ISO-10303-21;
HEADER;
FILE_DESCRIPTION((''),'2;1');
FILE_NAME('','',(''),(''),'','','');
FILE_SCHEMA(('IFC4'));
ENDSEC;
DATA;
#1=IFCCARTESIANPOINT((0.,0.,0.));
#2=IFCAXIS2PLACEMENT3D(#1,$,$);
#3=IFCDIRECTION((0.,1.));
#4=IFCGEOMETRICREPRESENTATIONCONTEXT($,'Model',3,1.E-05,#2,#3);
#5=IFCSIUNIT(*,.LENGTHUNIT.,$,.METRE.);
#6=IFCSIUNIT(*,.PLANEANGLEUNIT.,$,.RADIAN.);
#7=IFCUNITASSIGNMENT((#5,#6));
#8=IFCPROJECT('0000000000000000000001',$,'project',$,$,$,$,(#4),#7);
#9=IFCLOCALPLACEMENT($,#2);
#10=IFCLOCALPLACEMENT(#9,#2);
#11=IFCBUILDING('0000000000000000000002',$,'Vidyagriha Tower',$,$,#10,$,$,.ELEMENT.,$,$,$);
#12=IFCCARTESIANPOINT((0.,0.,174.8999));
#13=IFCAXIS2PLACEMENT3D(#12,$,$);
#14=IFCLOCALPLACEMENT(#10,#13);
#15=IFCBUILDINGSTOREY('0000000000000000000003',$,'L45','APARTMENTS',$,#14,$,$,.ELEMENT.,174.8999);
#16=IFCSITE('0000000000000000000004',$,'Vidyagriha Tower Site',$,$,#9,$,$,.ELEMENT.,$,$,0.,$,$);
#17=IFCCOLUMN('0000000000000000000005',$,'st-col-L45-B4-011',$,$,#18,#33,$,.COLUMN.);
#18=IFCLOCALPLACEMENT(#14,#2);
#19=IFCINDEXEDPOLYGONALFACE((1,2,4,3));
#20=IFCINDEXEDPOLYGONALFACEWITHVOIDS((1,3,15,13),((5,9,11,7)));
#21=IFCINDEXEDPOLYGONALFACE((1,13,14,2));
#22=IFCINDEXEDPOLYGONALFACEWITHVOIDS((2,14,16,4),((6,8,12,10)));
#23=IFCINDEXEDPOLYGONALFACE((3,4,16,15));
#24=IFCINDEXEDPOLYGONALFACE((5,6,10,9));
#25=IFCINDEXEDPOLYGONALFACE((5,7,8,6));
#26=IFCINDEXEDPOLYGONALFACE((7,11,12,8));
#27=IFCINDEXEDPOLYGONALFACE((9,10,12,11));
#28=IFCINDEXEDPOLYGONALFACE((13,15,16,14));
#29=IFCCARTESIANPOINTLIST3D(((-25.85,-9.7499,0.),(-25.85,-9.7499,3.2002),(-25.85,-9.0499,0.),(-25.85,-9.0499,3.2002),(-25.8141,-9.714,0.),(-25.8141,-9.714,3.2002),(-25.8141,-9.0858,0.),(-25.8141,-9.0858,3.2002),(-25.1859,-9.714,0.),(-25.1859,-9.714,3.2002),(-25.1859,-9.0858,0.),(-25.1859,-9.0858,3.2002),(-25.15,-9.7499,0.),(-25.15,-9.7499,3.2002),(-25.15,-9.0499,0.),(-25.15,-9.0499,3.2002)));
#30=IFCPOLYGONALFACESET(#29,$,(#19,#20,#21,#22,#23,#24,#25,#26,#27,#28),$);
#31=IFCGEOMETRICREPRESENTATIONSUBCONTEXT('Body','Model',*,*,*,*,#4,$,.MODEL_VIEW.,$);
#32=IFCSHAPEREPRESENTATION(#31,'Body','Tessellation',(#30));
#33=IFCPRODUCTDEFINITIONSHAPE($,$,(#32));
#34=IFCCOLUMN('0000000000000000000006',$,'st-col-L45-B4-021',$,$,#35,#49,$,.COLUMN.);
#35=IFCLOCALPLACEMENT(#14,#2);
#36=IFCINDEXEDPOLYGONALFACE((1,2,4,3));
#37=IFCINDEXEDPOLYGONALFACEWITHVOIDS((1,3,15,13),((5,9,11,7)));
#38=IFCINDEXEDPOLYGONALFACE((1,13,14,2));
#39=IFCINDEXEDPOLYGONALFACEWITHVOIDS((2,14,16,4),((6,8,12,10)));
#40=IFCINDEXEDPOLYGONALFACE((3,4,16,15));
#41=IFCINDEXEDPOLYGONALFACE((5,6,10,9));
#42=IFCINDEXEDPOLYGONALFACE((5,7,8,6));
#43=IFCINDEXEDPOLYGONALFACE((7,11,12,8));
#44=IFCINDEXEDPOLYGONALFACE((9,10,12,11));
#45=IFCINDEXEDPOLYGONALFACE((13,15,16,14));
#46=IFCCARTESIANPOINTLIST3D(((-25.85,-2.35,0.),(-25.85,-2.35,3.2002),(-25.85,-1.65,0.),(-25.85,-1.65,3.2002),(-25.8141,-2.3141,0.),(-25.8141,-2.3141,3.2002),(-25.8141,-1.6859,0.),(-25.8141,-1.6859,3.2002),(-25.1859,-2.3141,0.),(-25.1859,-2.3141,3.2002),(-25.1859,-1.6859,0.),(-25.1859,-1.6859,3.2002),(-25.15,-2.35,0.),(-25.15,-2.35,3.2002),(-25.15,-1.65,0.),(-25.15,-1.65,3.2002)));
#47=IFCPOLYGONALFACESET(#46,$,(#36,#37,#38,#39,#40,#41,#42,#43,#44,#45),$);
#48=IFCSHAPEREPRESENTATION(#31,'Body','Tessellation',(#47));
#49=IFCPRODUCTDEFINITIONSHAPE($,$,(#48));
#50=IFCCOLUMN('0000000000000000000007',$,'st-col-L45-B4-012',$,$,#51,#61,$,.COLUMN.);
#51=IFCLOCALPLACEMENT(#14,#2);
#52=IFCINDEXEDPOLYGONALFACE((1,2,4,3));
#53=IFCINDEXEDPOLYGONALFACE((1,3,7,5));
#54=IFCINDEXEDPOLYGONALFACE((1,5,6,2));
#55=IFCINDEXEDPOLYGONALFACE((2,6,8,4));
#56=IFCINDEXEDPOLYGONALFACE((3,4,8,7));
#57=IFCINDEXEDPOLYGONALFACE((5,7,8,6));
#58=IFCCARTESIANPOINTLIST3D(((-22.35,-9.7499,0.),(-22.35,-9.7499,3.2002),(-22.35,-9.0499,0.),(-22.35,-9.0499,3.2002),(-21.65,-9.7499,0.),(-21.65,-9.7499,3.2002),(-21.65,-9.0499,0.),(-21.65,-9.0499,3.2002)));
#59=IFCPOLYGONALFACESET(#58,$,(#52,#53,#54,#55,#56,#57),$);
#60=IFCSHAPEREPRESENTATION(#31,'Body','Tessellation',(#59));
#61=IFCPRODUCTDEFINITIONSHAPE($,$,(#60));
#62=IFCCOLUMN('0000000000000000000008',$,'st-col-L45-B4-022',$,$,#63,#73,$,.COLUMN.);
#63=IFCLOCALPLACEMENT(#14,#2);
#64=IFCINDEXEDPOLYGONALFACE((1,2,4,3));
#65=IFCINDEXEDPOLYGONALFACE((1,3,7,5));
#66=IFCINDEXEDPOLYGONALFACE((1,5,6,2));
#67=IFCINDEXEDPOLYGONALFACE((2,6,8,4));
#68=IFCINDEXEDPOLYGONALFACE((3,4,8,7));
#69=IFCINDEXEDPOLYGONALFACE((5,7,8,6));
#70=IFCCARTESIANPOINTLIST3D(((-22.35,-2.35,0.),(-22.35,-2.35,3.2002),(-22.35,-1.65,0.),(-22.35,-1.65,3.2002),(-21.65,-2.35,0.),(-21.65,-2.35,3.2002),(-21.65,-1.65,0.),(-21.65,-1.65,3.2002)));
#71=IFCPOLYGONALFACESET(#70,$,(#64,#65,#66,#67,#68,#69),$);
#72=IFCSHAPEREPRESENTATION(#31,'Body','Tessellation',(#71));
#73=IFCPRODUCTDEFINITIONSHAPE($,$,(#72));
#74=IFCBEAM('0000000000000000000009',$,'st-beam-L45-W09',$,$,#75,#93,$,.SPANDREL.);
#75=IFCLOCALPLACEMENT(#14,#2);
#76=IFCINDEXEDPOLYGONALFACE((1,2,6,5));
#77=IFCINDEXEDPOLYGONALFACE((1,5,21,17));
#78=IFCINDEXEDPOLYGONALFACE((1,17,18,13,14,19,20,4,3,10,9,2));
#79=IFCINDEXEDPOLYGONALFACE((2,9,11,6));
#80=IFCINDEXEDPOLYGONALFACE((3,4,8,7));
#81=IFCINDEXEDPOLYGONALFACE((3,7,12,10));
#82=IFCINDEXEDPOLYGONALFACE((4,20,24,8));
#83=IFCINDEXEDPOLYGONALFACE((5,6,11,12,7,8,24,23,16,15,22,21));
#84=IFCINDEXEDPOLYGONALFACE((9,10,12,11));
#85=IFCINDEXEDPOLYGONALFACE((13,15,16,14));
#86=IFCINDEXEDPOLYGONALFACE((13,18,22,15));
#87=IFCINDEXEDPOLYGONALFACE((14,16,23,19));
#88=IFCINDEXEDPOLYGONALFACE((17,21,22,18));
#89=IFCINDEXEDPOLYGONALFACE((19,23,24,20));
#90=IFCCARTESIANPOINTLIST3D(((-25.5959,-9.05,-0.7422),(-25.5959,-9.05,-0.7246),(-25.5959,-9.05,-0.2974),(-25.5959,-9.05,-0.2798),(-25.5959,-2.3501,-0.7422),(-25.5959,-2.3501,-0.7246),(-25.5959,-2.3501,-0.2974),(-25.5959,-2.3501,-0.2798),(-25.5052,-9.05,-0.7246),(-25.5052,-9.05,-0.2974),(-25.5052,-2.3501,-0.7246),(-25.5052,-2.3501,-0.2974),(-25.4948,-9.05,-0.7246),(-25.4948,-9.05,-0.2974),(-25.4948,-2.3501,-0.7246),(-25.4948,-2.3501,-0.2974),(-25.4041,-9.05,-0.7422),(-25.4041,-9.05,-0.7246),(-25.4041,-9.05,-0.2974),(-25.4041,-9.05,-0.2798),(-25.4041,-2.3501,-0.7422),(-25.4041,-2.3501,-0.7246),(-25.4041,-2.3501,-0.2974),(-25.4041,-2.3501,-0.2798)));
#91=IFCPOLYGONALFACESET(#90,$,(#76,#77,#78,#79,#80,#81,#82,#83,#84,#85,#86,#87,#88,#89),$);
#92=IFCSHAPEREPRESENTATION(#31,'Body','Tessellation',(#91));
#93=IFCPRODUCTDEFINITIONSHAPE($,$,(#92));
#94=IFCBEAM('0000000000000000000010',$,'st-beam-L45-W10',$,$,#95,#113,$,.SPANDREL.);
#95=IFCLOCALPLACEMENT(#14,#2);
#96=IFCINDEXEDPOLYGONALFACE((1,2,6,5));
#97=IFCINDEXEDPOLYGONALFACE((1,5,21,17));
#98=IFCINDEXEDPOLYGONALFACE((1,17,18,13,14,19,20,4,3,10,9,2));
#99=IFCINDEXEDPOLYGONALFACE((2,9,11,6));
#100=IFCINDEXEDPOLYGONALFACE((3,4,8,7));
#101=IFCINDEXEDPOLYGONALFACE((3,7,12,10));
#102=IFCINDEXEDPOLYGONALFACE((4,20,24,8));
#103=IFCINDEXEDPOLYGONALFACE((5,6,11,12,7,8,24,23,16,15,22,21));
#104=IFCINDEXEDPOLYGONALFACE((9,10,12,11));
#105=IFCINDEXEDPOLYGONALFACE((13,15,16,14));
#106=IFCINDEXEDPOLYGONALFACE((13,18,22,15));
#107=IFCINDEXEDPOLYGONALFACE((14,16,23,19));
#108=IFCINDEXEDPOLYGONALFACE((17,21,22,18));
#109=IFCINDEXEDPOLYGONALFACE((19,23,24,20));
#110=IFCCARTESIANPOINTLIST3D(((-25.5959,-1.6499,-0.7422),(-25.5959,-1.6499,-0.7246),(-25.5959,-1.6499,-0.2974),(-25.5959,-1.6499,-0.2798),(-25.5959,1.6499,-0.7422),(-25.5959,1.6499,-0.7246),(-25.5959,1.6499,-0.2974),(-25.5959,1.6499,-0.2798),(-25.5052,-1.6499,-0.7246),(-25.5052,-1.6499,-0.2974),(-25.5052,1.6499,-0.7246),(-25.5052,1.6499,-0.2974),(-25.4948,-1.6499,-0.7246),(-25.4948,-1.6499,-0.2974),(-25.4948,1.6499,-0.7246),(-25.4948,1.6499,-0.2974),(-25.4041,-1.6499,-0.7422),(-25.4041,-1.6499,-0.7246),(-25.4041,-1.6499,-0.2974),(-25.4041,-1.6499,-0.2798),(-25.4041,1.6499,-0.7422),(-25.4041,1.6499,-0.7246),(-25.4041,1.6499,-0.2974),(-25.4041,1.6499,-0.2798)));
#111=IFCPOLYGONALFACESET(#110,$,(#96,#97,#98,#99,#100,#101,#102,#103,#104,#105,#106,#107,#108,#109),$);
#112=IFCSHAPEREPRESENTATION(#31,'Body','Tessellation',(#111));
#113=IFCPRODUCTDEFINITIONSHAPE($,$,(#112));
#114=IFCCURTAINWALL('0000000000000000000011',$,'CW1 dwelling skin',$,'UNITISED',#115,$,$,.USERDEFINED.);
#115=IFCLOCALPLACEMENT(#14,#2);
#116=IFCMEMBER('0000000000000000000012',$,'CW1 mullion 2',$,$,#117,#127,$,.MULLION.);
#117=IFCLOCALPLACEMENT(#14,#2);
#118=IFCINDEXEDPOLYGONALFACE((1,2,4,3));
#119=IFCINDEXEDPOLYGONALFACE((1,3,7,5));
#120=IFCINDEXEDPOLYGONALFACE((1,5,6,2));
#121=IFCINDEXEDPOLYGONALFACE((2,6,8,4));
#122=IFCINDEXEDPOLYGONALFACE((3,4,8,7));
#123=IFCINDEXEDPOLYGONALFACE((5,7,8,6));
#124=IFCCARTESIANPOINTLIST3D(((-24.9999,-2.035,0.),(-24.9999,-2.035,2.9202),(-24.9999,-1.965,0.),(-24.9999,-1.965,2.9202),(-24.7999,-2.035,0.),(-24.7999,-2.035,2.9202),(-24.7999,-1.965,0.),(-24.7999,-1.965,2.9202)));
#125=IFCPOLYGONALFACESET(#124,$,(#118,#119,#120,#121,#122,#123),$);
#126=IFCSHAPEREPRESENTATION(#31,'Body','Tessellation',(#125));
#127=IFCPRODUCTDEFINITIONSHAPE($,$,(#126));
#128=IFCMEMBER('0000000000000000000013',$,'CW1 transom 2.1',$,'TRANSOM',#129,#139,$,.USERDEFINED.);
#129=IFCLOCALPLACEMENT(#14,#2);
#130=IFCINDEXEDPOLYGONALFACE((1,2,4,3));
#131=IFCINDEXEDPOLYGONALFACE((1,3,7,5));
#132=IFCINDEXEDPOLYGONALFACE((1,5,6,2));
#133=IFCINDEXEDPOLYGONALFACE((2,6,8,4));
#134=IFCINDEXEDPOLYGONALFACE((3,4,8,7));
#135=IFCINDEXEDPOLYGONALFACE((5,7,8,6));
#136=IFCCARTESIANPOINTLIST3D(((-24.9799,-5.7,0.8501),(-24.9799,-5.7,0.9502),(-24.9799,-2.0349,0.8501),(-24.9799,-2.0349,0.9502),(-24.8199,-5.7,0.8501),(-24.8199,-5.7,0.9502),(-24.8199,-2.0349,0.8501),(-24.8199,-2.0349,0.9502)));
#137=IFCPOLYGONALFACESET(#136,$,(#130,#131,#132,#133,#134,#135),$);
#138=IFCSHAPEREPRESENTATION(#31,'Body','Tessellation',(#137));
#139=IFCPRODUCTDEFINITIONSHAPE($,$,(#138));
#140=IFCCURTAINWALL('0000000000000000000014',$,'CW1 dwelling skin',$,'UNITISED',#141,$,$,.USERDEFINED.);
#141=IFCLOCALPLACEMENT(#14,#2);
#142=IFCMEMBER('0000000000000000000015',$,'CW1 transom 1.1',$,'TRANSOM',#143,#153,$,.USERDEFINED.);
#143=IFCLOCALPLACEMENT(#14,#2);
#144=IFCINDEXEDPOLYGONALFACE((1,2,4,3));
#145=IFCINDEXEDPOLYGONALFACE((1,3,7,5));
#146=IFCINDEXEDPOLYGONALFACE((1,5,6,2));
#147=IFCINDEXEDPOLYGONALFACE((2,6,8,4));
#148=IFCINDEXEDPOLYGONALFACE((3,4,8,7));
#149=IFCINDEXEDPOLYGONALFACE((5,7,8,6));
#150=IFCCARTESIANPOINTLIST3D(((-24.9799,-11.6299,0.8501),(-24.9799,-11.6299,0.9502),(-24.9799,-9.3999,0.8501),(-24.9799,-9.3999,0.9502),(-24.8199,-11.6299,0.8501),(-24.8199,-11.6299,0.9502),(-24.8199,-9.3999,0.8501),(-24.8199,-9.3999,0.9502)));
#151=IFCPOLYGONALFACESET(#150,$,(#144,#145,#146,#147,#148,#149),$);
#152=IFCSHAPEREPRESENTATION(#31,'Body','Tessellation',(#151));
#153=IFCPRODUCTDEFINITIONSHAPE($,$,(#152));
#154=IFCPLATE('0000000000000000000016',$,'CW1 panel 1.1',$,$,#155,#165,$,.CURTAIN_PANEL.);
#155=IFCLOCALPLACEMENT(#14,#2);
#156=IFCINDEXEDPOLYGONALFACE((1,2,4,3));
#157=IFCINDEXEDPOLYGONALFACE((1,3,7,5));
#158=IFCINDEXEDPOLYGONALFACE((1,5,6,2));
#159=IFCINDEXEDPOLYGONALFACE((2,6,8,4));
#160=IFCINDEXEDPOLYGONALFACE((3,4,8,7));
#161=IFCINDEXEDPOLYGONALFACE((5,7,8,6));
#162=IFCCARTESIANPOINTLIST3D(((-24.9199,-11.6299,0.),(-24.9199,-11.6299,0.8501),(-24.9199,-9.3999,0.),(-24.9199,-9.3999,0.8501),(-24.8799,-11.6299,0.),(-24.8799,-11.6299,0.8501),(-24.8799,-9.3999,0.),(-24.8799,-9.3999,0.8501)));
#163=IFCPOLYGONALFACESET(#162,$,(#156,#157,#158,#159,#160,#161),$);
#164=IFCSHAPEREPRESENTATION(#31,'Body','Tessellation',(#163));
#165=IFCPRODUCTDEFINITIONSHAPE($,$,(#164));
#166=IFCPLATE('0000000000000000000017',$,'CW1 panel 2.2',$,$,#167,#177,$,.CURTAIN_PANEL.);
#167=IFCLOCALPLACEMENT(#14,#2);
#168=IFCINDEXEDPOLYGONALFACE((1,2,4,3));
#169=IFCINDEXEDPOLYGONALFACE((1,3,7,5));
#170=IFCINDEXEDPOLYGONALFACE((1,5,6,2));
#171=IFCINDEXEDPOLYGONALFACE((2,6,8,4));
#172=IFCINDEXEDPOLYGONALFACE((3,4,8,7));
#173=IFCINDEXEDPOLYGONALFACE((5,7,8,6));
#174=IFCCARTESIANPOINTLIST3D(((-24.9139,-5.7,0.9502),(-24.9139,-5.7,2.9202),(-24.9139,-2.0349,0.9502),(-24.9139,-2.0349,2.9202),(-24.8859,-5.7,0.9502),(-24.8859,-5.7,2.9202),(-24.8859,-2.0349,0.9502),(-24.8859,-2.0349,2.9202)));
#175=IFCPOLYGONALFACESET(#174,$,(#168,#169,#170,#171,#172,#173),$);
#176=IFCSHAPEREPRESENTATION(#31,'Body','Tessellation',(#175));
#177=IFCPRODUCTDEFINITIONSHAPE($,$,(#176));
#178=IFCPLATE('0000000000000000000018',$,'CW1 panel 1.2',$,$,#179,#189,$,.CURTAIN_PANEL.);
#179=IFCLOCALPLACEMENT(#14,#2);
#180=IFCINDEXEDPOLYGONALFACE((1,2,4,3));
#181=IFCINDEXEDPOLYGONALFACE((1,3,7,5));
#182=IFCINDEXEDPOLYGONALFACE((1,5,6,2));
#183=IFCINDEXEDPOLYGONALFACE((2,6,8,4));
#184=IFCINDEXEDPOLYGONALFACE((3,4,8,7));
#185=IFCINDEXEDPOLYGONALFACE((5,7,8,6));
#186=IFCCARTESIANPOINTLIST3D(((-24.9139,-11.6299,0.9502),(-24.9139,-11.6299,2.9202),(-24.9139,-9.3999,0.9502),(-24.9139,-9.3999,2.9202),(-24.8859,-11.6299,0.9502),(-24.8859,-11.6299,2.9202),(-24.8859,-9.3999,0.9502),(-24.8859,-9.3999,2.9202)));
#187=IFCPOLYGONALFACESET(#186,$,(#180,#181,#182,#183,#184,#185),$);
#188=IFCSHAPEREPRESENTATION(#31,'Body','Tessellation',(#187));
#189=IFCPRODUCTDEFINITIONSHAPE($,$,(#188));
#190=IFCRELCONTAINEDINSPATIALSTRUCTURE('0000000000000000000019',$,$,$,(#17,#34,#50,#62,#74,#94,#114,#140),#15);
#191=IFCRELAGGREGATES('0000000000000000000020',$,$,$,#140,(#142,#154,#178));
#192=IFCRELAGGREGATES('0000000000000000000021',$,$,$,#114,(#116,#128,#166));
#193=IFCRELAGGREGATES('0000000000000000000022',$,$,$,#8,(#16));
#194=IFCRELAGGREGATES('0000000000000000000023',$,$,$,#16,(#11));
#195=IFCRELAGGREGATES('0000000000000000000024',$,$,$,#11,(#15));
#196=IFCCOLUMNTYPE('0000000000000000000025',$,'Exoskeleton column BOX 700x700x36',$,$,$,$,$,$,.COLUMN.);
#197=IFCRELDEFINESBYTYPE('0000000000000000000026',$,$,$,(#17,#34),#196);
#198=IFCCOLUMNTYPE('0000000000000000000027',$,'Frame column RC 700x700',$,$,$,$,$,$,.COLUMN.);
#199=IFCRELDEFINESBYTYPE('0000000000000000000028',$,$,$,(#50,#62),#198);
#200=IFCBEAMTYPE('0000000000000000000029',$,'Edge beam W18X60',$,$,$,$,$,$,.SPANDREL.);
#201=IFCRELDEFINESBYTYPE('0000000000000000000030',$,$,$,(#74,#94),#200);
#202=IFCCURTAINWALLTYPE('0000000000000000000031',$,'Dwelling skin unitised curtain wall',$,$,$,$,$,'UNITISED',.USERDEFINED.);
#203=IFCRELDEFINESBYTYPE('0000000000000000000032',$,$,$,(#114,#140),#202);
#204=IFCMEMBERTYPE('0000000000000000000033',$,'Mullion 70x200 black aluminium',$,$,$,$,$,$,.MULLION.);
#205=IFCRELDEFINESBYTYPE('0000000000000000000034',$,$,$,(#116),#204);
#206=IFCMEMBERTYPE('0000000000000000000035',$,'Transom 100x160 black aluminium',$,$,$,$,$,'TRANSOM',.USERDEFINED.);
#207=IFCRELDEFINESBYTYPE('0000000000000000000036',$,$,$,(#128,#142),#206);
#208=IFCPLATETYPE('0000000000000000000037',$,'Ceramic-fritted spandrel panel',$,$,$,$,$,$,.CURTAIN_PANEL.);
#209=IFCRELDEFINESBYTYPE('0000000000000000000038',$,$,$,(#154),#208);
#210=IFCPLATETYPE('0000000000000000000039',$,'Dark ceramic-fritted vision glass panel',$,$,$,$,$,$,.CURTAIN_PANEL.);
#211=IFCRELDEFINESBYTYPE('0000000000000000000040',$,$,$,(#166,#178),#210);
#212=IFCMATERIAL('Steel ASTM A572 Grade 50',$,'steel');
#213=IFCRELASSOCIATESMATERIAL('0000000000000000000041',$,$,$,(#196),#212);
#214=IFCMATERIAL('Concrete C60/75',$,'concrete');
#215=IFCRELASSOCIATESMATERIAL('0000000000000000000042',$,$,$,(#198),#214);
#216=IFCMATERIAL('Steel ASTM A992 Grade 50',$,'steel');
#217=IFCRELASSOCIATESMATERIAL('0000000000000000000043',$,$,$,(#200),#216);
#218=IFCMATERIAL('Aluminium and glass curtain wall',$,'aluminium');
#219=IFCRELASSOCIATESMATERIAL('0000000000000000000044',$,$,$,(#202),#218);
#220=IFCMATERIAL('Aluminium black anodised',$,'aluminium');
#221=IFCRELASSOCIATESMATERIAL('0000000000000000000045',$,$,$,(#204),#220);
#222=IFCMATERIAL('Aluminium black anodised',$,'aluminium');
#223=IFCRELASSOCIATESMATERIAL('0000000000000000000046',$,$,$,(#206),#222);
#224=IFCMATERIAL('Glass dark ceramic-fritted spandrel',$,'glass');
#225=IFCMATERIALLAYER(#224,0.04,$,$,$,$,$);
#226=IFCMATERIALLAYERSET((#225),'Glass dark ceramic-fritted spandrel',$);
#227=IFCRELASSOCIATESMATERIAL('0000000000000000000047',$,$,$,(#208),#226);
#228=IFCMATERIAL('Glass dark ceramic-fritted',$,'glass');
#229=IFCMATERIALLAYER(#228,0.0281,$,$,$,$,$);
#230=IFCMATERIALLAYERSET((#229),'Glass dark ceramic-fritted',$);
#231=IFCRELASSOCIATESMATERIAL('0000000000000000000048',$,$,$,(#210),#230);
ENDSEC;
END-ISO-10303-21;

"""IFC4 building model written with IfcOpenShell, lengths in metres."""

from ifc_helpers import new_model, si_unit, direction, frame, origin, origin_2d, place, context, subcontext, project, spatial, rectangle, hollow_rectangle, i_section, extrude, material, layer, layer_set, material_profile, profile_set, type_object, element, aggregate, save


model = new_model("IFC4")

# Units and contexts
model_context = context("Model", 3, precision=1e-05, world=origin(), true_north=direction((0.0, 1.0)))
body_context = subcontext(model_context, "Body", "Model", "MODEL_VIEW")
ifc_project = project(units=[si_unit("LENGTHUNIT", "METRE"), si_unit("PLANEANGLEUNIT", "RADIAN")], contexts=[model_context])

# Site, building, storey
site_placement = place(None, origin())
site = spatial("IfcSite", under=ifc_project, at=site_placement, Name="Vidyagriha Tower Site", CompositionType="ELEMENT", RefElevation=0.0)
building_placement = place(site_placement, origin())
building = spatial("IfcBuilding", under=site, at=building_placement, Name="Vidyagriha Tower", CompositionType="ELEMENT")
storey_placement = place(building_placement, frame((0.0, 0.0, 174.8999)))
storey = spatial("IfcBuildingStorey", under=building, at=storey_placement, Name="L45", Description="APARTMENTS", CompositionType="ELEMENT", Elevation=174.8999)

# Columns
ifc_material_1 = material(Name="Steel ASTM A572 Grade 50", Category="steel")
ifc_material_profile_1 = material_profile(ifc_material_1, hollow_rectangle(XDim=0.7, YDim=0.7, WallThickness=0.0359, at=origin_2d()), Name="BOX 700x700x36")
ifc_profile_set_1 = profile_set([ifc_material_profile_1], Name="Steel ASTM A572 Grade 50")
column_type_1 = type_object("IfcColumnType", Name="Exoskeleton column BOX 700x700x36", PredefinedType="COLUMN", material=ifc_profile_set_1)
for number, where, name in (
    (1, (-25.5, -9.3999, 0.0), "st-col-L45-B4-011"),
    (2, (-25.5, -2.0, 0.0), "st-col-L45-B4-021"),
):
    element("IfcColumn", number, at=place(storey_placement, frame(where)), inside=storey, type_object=column_type_1, Name=name, PredefinedType="COLUMN", context=body_context, shape_type="SweptSolid", body=[
        extrude(hollow_rectangle(XDim=0.7, YDim=0.7, WallThickness=0.0359, at=origin_2d()), origin(), (0.0, 0.0, 1.0), 3.2002),
    ])
ifc_material_2 = material(Name="Concrete C60/75", Category="concrete")
ifc_material_profile_2 = material_profile(ifc_material_2, rectangle(XDim=0.7, YDim=0.7, at=origin_2d()), Name="RC 700x700")
ifc_profile_set_2 = profile_set([ifc_material_profile_2], Name="Concrete C60/75")
column_type_2 = type_object("IfcColumnType", Name="Frame column RC 700x700", PredefinedType="COLUMN", material=ifc_profile_set_2)
for number, where, name in (
    (3, (-22.0, -9.3999, 0.0), "st-col-L45-B4-012"),
    (4, (-22.0, -2.0, 0.0), "st-col-L45-B4-022"),
):
    element("IfcColumn", number, at=place(storey_placement, frame(where)), inside=storey, type_object=column_type_2, Name=name, PredefinedType="COLUMN", context=body_context, shape_type="SweptSolid", body=[
        extrude(rectangle(XDim=0.7, YDim=0.7, at=origin_2d()), origin(), (0.0, 0.0, 1.0), 3.2002),
    ])

# Beams
ifc_material_3 = material(Name="Steel ASTM A992 Grade 50", Category="steel")
ifc_material_profile_3 = material_profile(ifc_material_3, i_section(OverallWidth=0.1919, OverallDepth=0.4624, WebThickness=0.0105, FlangeThickness=0.0176, at=origin_2d()), Name="W18X60")
ifc_profile_set_3 = profile_set([ifc_material_profile_3], Name="Steel ASTM A992 Grade 50")
beam_type = type_object("IfcBeamType", Name="Edge beam W18X60", PredefinedType="SPANDREL", material=ifc_profile_set_3)
beam_1_placement = place(storey_placement, frame((-25.5, -9.05, -0.511), z_axis=(0.0, 1.0, 0.0), x_axis=(-1.0, 0.0, 0.0)))
element("IfcBeam", 5, at=beam_1_placement, inside=storey, type_object=beam_type, Name="st-beam-L45-W09", PredefinedType="SPANDREL", context=body_context, shape_type="SweptSolid", body=[
    extrude(i_section(OverallWidth=0.1919, OverallDepth=0.4624, WebThickness=0.0105, FlangeThickness=0.0176, at=origin_2d()), origin(), (0.0, 0.0, 1.0), 6.7),
])
beam_2_placement = place(storey_placement, frame((-25.5, -1.6499, -0.511), z_axis=(0.0, 1.0, 0.0), x_axis=(-1.0, 0.0, 0.0)))
element("IfcBeam", 6, at=beam_2_placement, inside=storey, type_object=beam_type, Name="st-beam-L45-W10", PredefinedType="SPANDREL", context=body_context, shape_type="SweptSolid", body=[
    extrude(i_section(OverallWidth=0.1919, OverallDepth=0.4624, WebThickness=0.0105, FlangeThickness=0.0176, at=origin_2d()), origin(), (0.0, 0.0, 1.0), 3.2998),
])

# Curtain wall, members
ifc_material_4 = material(Name="Aluminium and glass curtain wall", Category="aluminium")
curtain_wall_type = type_object("IfcCurtainWallType", Name="Dwelling skin unitised curtain wall", ElementType="UNITISED", PredefinedType="USERDEFINED", material=ifc_material_4)
curtain_wall_1_placement = place(storey_placement, origin())
curtain_wall_1 = element("IfcCurtainWall", 7, at=curtain_wall_1_placement, inside=storey, type_object=curtain_wall_type, Name="CW1 dwelling skin", ObjectType="UNITISED", PredefinedType="USERDEFINED")
ifc_material_5 = material(Name="Aluminium black anodised", Category="aluminium")
ifc_material_profile_4 = material_profile(ifc_material_5, rectangle(XDim=0.2, YDim=0.0701, at=origin_2d()), Name="Mullion 70x200 black aluminium")
ifc_profile_set_4 = profile_set([ifc_material_profile_4], Name="Aluminium black anodised")
member_type_1 = type_object("IfcMemberType", Name="Mullion 70x200 black aluminium", PredefinedType="MULLION", material=ifc_profile_set_4)
member_1_placement = place(storey_placement, frame((-24.8999, -2.0, 0.0)))
member_1 = element("IfcMember", 8, at=member_1_placement, type_object=member_type_1, Name="CW1 mullion 2", PredefinedType="MULLION", context=body_context, shape_type="SweptSolid", body=[
    extrude(rectangle(XDim=0.2, YDim=0.0701, at=origin_2d()), origin(), (0.0, 0.0, 1.0), 2.9202),
])
ifc_material_6 = material(Name="Aluminium black anodised", Category="aluminium")
ifc_material_profile_5 = material_profile(ifc_material_6, rectangle(XDim=0.1599, YDim=0.1001, at=origin_2d()), Name="Transom 100x160 black aluminium")
ifc_profile_set_5 = profile_set([ifc_material_profile_5], Name="Aluminium black anodised")
member_type_2 = type_object("IfcMemberType", Name="Transom 100x160 black aluminium", ElementType="TRANSOM", PredefinedType="USERDEFINED", material=ifc_profile_set_5)
member_2_placement = place(storey_placement, frame((-24.8999, -2.0349, 0.9001), z_axis=(0.0, -1.0, 0.0), x_axis=(1.0, 0.0, 0.0)))
member_2 = element("IfcMember", 9, at=member_2_placement, type_object=member_type_2, Name="CW1 transom 2.1", ObjectType="TRANSOM", PredefinedType="USERDEFINED", context=body_context, shape_type="SweptSolid", body=[
    extrude(rectangle(XDim=0.1599, YDim=0.1001, at=origin_2d()), origin(), (0.0, 0.0, 1.0), 3.665),
])

# Curtain wall, member, plate
curtain_wall_2_placement = place(storey_placement, origin())
curtain_wall_2 = element("IfcCurtainWall", 10, at=curtain_wall_2_placement, inside=storey, type_object=curtain_wall_type, Name="CW1 dwelling skin", ObjectType="UNITISED", PredefinedType="USERDEFINED")
member_3_placement = place(storey_placement, frame((-24.8999, -9.3999, 0.9001), z_axis=(0.0, -1.0, 0.0), x_axis=(1.0, 0.0, 0.0)))
member_3 = element("IfcMember", 11, at=member_3_placement, type_object=member_type_2, Name="CW1 transom 1.1", ObjectType="TRANSOM", PredefinedType="USERDEFINED", context=body_context, shape_type="SweptSolid", body=[
    extrude(rectangle(XDim=0.1599, YDim=0.1001, at=origin_2d()), origin(), (0.0, 0.0, 1.0), 2.23),
])
ifc_material_7 = material(Name="Glass dark ceramic-fritted spandrel", Category="glass")
ifc_layer_1 = layer(ifc_material_7, 0.04)
ifc_layer_set_1 = layer_set([ifc_layer_1], Name="Glass dark ceramic-fritted spandrel")
plate_type_1 = type_object("IfcPlateType", Name="Ceramic-fritted spandrel panel", PredefinedType="CURTAIN_PANEL", material=ifc_layer_set_1)
plate_1_placement = place(storey_placement, frame((-24.8999, -10.5149, 0.0), z_axis=(0.0, 0.0, 1.0), x_axis=(0.0, -1.0, 0.0)))
plate_1 = element("IfcPlate", 12, at=plate_1_placement, type_object=plate_type_1, Name="CW1 panel 1.1", PredefinedType="CURTAIN_PANEL", context=body_context, shape_type="SweptSolid", body=[
    extrude(rectangle(XDim=2.23, YDim=0.04, at=origin_2d()), origin(), (0.0, 0.0, 1.0), 0.8501),
])

# Plates
ifc_material_8 = material(Name="Glass dark ceramic-fritted", Category="glass")
ifc_layer_2 = layer(ifc_material_8, 0.0281)
ifc_layer_set_2 = layer_set([ifc_layer_2], Name="Glass dark ceramic-fritted")
plate_type_2 = type_object("IfcPlateType", Name="Dark ceramic-fritted vision glass panel", PredefinedType="CURTAIN_PANEL", material=ifc_layer_set_2)
plate_2_placement = place(storey_placement, frame((-24.8999, -3.8674, 0.9502), z_axis=(0.0, 0.0, 1.0), x_axis=(0.0, -1.0, 0.0)))
plate_2 = element("IfcPlate", 13, at=plate_2_placement, type_object=plate_type_2, Name="CW1 panel 2.2", PredefinedType="CURTAIN_PANEL", context=body_context, shape_type="SweptSolid", body=[
    extrude(rectangle(XDim=3.665, YDim=0.0281, at=origin_2d()), origin(), (0.0, 0.0, 1.0), 1.97),
])
plate_3_placement = place(storey_placement, frame((-24.8999, -10.5149, 0.9502), z_axis=(0.0, 0.0, 1.0), x_axis=(0.0, -1.0, 0.0)))
plate_3 = element("IfcPlate", 14, at=plate_3_placement, type_object=plate_type_2, Name="CW1 panel 1.2", PredefinedType="CURTAIN_PANEL", context=body_context, shape_type="SweptSolid", body=[
    extrude(rectangle(XDim=2.23, YDim=0.0281, at=origin_2d()), origin(), (0.0, 0.0, 1.0), 1.97),
])
aggregate(curtain_wall_2, [member_3, plate_1, plate_3])
aggregate(curtain_wall_1, [member_1, member_2, plate_2])

save(model, "model.ifc")
